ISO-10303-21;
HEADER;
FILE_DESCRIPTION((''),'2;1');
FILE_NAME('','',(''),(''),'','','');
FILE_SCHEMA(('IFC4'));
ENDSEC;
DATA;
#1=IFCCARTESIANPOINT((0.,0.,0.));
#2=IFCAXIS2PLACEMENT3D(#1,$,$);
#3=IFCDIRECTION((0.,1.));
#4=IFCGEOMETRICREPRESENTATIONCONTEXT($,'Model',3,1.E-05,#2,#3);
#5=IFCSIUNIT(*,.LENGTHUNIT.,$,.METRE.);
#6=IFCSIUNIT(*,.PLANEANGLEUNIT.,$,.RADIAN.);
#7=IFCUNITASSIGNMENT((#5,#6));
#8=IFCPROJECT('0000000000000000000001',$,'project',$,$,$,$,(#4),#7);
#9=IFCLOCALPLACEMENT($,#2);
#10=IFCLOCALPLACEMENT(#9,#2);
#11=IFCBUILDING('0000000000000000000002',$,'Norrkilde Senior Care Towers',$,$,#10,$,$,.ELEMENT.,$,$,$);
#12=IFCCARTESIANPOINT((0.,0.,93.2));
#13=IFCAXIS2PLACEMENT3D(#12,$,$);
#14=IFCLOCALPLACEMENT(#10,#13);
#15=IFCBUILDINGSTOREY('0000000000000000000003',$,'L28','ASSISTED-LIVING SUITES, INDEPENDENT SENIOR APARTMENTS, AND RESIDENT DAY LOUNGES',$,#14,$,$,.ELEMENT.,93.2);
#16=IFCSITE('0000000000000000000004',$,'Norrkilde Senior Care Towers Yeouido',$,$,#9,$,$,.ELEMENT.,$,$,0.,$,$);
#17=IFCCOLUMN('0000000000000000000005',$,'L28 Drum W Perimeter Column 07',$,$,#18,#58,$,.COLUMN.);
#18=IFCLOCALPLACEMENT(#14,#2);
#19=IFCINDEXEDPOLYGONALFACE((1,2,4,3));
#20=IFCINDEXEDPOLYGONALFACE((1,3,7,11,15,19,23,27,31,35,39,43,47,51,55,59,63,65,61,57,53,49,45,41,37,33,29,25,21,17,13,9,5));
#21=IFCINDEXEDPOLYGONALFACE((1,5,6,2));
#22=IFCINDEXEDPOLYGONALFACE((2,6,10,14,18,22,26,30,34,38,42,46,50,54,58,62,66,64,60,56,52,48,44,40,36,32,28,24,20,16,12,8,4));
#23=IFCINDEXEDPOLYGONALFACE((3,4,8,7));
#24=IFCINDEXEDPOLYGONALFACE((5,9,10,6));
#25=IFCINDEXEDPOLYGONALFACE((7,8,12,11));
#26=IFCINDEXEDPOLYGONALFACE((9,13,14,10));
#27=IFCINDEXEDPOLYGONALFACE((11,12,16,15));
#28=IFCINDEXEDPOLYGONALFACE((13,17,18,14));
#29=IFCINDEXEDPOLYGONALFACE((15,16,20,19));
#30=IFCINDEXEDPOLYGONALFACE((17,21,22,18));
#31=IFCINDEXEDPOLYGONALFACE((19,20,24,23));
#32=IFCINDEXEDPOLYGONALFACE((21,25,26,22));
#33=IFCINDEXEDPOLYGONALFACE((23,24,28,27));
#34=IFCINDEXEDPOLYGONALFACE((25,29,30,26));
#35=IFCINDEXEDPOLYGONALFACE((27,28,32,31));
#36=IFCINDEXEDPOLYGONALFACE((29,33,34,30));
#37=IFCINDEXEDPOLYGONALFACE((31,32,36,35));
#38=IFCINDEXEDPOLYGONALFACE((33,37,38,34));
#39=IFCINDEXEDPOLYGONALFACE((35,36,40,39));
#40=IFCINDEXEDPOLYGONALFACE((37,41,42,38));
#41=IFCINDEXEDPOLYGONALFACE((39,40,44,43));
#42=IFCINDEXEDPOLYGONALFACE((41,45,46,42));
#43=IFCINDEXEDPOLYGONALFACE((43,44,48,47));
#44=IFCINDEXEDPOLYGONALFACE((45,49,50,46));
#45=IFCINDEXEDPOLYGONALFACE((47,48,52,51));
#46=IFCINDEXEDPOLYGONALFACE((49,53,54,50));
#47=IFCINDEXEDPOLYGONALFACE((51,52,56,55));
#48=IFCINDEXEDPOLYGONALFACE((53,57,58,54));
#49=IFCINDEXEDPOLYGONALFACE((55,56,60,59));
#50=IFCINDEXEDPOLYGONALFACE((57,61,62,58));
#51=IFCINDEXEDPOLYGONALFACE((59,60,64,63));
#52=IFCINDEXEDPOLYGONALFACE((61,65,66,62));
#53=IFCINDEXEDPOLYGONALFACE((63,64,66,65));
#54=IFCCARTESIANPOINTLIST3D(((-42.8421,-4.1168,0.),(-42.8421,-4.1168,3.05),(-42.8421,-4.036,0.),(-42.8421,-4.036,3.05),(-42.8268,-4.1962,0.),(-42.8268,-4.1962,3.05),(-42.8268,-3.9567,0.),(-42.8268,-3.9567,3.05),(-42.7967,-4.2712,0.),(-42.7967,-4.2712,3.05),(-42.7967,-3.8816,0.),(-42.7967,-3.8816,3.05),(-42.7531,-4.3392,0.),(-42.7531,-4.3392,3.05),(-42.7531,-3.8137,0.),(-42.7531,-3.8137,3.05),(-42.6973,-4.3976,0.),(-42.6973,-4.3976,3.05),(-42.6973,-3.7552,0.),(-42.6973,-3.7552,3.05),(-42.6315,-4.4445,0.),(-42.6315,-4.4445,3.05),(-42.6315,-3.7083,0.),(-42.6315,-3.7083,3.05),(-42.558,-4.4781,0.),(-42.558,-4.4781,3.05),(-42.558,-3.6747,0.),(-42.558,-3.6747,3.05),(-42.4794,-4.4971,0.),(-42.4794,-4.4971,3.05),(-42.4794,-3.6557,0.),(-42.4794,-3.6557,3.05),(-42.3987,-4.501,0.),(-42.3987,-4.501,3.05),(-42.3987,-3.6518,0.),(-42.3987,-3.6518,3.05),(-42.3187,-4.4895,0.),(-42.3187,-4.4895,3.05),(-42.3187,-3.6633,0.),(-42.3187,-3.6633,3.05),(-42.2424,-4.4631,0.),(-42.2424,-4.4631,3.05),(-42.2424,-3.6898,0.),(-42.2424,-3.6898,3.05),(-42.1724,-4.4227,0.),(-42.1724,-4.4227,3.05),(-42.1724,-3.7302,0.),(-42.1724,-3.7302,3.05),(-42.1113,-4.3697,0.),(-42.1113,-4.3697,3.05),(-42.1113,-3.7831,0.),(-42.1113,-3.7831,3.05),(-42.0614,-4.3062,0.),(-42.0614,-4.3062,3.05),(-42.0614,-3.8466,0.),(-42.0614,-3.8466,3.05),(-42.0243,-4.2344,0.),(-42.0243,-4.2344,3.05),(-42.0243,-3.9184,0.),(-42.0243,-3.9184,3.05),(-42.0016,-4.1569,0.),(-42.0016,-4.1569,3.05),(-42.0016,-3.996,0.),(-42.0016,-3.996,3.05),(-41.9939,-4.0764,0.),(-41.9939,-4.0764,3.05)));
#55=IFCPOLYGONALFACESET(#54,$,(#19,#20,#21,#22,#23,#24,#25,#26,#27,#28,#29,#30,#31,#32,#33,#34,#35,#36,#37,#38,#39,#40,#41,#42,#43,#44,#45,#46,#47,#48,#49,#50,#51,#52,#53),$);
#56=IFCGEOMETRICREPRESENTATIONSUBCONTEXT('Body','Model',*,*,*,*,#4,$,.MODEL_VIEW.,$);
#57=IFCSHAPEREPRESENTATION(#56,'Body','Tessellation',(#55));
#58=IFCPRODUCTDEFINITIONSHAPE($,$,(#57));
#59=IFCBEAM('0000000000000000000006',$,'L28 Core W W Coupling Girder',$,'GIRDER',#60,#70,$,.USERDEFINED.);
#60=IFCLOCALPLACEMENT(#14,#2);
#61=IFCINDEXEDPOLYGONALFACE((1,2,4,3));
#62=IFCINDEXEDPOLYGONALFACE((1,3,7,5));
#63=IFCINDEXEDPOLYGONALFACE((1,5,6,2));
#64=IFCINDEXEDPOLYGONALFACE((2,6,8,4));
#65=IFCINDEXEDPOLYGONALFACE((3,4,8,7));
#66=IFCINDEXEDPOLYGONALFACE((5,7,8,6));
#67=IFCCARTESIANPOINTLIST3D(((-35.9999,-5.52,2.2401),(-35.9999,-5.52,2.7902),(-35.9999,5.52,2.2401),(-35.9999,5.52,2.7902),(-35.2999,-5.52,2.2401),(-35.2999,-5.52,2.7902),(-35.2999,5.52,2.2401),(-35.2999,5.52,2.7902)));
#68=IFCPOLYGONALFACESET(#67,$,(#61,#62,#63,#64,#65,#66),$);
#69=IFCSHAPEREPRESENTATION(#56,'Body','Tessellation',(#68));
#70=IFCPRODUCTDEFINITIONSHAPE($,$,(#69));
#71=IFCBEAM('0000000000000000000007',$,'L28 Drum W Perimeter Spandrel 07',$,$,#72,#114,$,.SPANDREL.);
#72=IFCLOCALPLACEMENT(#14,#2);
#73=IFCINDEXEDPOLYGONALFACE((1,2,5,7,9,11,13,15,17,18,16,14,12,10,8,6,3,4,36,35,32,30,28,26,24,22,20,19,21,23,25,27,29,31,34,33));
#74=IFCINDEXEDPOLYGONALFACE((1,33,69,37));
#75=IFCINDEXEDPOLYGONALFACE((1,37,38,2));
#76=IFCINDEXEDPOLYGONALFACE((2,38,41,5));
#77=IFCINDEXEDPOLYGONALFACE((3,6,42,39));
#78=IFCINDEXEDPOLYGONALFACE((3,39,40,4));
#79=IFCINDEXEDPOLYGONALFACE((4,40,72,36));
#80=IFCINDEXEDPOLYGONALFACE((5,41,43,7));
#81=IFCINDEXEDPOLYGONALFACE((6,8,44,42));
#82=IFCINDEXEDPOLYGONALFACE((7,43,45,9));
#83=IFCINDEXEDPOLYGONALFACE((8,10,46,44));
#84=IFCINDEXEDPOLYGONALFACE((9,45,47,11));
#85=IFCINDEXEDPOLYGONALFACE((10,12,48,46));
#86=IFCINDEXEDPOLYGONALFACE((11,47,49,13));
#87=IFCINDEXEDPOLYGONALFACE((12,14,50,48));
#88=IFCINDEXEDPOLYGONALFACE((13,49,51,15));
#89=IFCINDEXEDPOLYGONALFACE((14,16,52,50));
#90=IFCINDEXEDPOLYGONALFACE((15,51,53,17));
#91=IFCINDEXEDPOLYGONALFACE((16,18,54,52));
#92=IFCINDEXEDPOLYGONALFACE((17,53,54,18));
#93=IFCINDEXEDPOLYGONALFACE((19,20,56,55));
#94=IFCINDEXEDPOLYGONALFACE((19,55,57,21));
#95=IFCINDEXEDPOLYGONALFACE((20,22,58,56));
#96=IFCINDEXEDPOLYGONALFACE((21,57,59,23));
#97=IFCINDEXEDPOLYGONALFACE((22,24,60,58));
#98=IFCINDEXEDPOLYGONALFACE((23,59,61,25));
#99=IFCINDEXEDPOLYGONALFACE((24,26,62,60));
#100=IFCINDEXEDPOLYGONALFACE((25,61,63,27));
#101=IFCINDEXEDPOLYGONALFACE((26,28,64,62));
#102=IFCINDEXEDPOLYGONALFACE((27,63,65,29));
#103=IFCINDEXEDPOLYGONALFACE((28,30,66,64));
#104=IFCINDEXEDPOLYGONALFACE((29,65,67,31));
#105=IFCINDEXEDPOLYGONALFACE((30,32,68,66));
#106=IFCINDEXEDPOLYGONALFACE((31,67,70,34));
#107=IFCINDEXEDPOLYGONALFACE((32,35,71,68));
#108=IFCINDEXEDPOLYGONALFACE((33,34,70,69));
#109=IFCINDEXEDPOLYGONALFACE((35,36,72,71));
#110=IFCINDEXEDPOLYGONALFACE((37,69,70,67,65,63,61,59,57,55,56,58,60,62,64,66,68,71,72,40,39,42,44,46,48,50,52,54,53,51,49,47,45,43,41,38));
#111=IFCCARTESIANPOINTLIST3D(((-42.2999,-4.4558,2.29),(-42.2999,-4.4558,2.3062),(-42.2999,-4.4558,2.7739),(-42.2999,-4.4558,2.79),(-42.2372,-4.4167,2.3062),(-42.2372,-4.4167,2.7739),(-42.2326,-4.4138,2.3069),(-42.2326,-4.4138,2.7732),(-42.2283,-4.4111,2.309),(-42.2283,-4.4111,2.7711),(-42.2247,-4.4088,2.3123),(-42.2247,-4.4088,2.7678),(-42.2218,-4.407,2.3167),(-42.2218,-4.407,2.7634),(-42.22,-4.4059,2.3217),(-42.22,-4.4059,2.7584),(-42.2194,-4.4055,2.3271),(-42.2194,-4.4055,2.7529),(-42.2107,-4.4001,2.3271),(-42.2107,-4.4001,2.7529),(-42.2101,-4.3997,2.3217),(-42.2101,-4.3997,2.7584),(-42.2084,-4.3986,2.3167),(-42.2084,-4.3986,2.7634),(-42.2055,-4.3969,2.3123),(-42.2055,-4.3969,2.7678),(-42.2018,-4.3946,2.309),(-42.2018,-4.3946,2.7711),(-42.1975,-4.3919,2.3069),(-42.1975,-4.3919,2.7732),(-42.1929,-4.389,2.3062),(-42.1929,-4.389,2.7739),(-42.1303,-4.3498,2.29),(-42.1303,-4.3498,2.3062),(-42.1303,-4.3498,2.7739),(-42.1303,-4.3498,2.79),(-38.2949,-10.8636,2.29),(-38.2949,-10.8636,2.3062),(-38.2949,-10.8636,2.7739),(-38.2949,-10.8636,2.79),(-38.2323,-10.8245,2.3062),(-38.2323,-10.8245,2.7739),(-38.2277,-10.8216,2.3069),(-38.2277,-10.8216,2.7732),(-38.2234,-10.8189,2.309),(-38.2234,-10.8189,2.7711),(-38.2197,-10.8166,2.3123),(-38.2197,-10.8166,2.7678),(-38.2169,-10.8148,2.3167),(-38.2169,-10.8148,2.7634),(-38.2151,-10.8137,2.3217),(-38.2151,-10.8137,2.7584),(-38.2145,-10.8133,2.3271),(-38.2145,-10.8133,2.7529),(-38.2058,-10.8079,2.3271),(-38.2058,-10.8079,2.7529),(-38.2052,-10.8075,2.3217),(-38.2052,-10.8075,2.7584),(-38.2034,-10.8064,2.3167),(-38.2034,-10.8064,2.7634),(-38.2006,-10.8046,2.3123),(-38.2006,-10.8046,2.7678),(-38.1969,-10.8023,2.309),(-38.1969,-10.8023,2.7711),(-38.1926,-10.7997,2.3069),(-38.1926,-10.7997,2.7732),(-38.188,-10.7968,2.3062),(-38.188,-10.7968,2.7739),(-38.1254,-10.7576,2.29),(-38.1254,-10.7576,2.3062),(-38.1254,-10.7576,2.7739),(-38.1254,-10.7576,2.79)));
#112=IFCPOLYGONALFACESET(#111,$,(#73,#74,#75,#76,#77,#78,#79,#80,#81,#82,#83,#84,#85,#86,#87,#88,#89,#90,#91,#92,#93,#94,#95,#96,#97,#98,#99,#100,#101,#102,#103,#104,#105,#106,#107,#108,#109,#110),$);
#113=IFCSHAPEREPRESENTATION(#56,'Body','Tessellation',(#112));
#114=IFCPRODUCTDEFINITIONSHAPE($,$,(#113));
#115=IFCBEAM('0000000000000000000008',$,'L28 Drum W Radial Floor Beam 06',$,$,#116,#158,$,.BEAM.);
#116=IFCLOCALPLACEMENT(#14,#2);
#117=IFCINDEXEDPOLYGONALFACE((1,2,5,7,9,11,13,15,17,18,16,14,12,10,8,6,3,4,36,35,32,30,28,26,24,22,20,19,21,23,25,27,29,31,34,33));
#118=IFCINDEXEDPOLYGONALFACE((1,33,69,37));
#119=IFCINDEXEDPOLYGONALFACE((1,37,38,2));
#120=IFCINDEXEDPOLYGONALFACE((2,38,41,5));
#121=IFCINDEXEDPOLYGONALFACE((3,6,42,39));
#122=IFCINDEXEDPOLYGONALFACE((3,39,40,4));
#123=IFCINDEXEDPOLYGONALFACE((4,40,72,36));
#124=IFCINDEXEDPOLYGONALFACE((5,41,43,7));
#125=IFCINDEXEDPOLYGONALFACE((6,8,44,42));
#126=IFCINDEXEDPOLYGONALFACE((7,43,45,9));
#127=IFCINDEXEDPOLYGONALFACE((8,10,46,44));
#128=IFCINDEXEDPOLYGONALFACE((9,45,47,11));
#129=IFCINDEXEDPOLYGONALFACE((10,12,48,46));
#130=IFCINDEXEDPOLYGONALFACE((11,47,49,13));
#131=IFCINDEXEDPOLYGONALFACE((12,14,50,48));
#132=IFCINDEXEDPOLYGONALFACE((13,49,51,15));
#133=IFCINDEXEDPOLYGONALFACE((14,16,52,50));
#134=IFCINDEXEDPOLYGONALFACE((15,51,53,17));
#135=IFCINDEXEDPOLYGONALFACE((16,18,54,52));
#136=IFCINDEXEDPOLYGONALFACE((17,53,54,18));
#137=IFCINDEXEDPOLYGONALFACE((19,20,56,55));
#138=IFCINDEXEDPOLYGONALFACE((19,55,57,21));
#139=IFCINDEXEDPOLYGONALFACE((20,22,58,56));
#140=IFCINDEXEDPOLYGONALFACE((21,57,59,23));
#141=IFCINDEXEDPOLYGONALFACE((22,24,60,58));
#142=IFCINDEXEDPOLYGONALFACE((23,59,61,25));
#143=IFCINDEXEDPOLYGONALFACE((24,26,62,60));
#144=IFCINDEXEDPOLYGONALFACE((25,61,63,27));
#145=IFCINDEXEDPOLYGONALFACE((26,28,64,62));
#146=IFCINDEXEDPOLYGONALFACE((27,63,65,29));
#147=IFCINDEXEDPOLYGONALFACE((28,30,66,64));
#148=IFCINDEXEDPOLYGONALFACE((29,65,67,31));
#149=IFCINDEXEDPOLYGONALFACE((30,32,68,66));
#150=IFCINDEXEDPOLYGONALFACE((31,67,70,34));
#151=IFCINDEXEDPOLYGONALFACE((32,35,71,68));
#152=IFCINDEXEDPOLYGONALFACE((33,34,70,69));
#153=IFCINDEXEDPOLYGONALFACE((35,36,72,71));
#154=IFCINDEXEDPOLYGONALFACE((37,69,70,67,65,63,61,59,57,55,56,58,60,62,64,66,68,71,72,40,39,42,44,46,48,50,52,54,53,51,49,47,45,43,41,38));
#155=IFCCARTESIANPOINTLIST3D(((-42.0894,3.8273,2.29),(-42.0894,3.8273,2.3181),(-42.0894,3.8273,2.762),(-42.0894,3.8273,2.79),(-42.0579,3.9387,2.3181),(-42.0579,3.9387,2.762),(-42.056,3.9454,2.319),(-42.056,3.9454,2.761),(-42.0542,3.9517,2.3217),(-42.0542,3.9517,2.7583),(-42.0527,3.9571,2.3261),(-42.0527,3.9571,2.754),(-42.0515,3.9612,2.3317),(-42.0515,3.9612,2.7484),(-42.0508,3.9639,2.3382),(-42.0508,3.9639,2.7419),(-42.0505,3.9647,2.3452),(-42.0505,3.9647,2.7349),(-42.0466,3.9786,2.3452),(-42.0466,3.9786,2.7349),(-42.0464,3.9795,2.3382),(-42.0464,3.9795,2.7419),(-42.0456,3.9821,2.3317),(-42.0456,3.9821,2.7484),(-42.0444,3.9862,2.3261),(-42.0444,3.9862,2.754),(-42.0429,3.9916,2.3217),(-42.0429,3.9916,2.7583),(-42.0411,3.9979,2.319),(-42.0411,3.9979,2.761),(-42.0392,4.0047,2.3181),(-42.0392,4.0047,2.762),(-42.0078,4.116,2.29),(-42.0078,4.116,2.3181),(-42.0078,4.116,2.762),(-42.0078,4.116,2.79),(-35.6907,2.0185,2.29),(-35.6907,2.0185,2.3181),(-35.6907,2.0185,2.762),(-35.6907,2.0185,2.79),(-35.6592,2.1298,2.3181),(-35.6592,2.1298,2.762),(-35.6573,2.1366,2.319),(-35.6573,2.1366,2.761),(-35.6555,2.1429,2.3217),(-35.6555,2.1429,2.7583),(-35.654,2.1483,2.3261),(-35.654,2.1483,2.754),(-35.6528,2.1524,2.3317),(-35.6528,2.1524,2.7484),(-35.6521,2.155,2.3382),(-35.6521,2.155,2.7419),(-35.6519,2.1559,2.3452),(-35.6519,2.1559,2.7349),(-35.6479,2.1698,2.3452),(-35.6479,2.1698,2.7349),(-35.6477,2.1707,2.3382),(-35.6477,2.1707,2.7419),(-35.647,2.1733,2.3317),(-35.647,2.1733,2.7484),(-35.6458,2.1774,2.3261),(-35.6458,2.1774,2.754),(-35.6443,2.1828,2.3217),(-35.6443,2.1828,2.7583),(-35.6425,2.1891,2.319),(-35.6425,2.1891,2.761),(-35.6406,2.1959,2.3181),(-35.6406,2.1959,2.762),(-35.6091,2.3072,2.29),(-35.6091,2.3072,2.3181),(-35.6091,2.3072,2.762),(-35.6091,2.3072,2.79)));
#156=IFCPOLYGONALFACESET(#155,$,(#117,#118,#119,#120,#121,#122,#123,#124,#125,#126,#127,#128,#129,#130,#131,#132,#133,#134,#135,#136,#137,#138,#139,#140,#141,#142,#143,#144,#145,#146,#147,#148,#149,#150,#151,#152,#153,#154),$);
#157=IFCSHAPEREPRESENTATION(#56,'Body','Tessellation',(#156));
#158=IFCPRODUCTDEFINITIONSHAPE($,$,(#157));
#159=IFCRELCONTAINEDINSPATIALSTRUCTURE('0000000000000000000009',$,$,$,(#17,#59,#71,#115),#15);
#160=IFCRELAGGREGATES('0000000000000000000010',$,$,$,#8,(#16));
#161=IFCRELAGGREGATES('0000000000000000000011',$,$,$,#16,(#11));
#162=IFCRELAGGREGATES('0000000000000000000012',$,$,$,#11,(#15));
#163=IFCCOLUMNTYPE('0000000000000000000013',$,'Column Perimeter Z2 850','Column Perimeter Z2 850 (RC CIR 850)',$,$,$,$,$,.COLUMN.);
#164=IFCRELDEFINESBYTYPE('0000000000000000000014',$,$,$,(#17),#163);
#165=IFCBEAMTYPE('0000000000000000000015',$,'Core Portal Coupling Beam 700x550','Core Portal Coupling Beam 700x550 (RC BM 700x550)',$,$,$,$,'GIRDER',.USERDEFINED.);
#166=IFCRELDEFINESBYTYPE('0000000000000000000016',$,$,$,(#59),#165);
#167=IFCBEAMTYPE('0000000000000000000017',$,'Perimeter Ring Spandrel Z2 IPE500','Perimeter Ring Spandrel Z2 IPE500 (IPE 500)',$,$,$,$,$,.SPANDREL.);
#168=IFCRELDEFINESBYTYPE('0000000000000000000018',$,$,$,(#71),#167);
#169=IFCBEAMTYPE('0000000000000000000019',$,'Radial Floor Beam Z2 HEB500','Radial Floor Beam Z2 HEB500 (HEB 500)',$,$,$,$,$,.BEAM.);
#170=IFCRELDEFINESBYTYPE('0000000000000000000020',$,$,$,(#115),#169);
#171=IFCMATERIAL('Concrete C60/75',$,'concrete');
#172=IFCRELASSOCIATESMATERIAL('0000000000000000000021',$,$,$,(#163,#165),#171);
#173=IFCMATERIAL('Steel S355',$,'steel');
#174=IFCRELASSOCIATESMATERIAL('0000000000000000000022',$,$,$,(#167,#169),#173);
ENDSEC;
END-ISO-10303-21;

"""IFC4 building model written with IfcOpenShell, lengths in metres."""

from ifc_helpers import new_model, si_unit, direction, frame, origin, origin_2d, place, context, subcontext, project, spatial, rectangle, circle, i_section, extrude, source, transform, mapped, material, material_profile, profile_set, type_object, type_shapes, element, save


model = new_model("IFC4")

# Units and contexts
model_context = context("Model", 3, precision=1e-05, world=origin(), true_north=direction((0.0, 1.0)))
body_context = subcontext(model_context, "Body", "Model", "MODEL_VIEW")
ifc_project = project(units=[si_unit("LENGTHUNIT", "METRE"), si_unit("PLANEANGLEUNIT", "RADIAN")], contexts=[model_context])

# Site, building, storey
site_placement = place(None, origin())
site = spatial("IfcSite", under=ifc_project, at=site_placement, Name="Norrkilde Senior Care Towers Yeouido", CompositionType="ELEMENT", RefElevation=0.0)
building_placement = place(site_placement, origin())
building = spatial("IfcBuilding", under=site, at=building_placement, Name="Norrkilde Senior Care Towers", CompositionType="ELEMENT")
storey_placement = place(building_placement, frame((0.0, 0.0, 93.2)))
storey = spatial("IfcBuildingStorey", under=building, at=storey_placement, Name="L28", Description="ASSISTED-LIVING SUITES, INDEPENDENT SENIOR APARTMENTS, AND RESIDENT DAY LOUNGES", CompositionType="ELEMENT", Elevation=93.2)

# Column
ifc_material_1 = material(Name="Concrete C60/75", Category="concrete")
ifc_material_profile_1 = material_profile(ifc_material_1, circle(Radius=0.425, at=origin_2d()), Name="RC CIR 850")
ifc_profile_set_1 = profile_set([ifc_material_profile_1], Name="Concrete C60/75")
column_type = type_object("IfcColumnType", Name="Column Perimeter Z2 850", Description="Column Perimeter Z2 850 (RC CIR 850)", PredefinedType="COLUMN", material=ifc_profile_set_1)
shared_shape_1 = source(origin(), body_context, "Body", "SweptSolid", [
    extrude(circle(Radius=0.425, at=origin_2d()), origin(), (0.0, 0.0, 1.0), 3.05),
])
type_shapes(column_type, [shared_shape_1])
column_placement = place(storey_placement, frame((-42.4189, -4.0764, 0.0), z_axis=(0.0, 0.0, 1.0), x_axis=(1.0, 0.0, 0.0)))
element("IfcColumn", 1, at=column_placement, inside=storey, type_object=column_type, Name="L28 Drum W Perimeter Column 07", PredefinedType="COLUMN", context=body_context, shape_type="MappedRepresentation", body=[
    mapped(shared_shape_1, transform((0.0, 0.0, 0.0), x_axis=(1.0, 0.0, 0.0), y_axis=(0.0, 1.0, 0.0), z_axis=(0.0, 0.0, 1.0), scale=1.0)),
])

# Beams
ifc_material_profile_2 = material_profile(ifc_material_1, rectangle(XDim=0.7, YDim=0.55, at=origin_2d()), Name="RC BM 700x550")
ifc_profile_set_2 = profile_set([ifc_material_profile_2], Name="Concrete C60/75")
beam_type_1 = type_object("IfcBeamType", Name="Core Portal Coupling Beam 700x550", Description="Core Portal Coupling Beam 700x550 (RC BM 700x550)", ElementType="GIRDER", PredefinedType="USERDEFINED", material=ifc_profile_set_2)
shared_shape_2 = source(origin(), body_context, "Body", "SweptSolid", [
    extrude(rectangle(XDim=0.7, YDim=0.55, at=origin_2d()), origin(), (0.0, 0.0, 1.0), 11.04),
])
type_shapes(beam_type_1, [shared_shape_2])
beam_1_placement = place(storey_placement, frame((-35.6499, -5.52, 2.5151), z_axis=(0.0, 1.0, 0.0), x_axis=(-1.0, 0.0, 0.0)))
element("IfcBeam", 2, at=beam_1_placement, inside=storey, type_object=beam_type_1, Name="L28 Core W W Coupling Girder", ObjectType="GIRDER", PredefinedType="USERDEFINED", context=body_context, shape_type="MappedRepresentation", body=[
    mapped(shared_shape_2, transform((0.0, 0.0, 0.0), x_axis=(1.0, 0.0, 0.0), y_axis=(0.0, 1.0, 0.0), z_axis=(0.0, 0.0, 1.0), scale=1.0)),
])
ifc_material_2 = material(Name="Steel S355", Category="steel")
ifc_material_profile_3 = material_profile(ifc_material_2, i_section(OverallWidth=0.2, OverallDepth=0.5, WebThickness=0.0103, FlangeThickness=0.0161, FilletRadius=0.021, at=origin_2d()), Name="IPE 500")
ifc_profile_set_3 = profile_set([ifc_material_profile_3], Name="Steel S355")
beam_type_2 = type_object("IfcBeamType", Name="Perimeter Ring Spandrel Z2 IPE500", Description="Perimeter Ring Spandrel Z2 IPE500 (IPE 500)", PredefinedType="SPANDREL", material=ifc_profile_set_3)
shared_shape_3 = source(origin(), body_context, "Body", "SweptSolid", [
    extrude(i_section(OverallWidth=0.2, OverallDepth=0.5, WebThickness=0.0103, FlangeThickness=0.0161, FilletRadius=0.021, at=origin_2d()), origin(), (0.0, 0.0, 1.0), 7.5564),
])
type_shapes(beam_type_2, [shared_shape_3])
beam_2_placement = place(storey_placement, frame((-42.2151, -4.4028, 2.54), z_axis=(0.530005, -0.847995, 0.0), x_axis=(0.847995, 0.530005, 0.0)))
element("IfcBeam", 3, at=beam_2_placement, inside=storey, type_object=beam_type_2, Name="L28 Drum W Perimeter Spandrel 07", PredefinedType="SPANDREL", context=body_context, shape_type="MappedRepresentation", body=[
    mapped(shared_shape_3, transform((0.0, 0.0, 0.0), x_axis=(1.0, 0.0, 0.0), y_axis=(0.0, 1.0, 0.0), z_axis=(0.0, 0.0, 1.0), scale=1.0)),
])
ifc_material_profile_4 = material_profile(ifc_material_2, i_section(OverallWidth=0.3, OverallDepth=0.5, WebThickness=0.0144, FlangeThickness=0.0281, FilletRadius=0.0271, at=origin_2d()), Name="HEB 500")
ifc_profile_set_4 = profile_set([ifc_material_profile_4], Name="Steel S355")
beam_type_3 = type_object("IfcBeamType", Name="Radial Floor Beam Z2 HEB500", Description="Radial Floor Beam Z2 HEB500 (HEB 500)", PredefinedType="BEAM", material=ifc_profile_set_4)
shared_shape_4 = source(origin(), body_context, "Body", "SweptSolid", [
    extrude(i_section(OverallWidth=0.3, OverallDepth=0.5, WebThickness=0.0144, FlangeThickness=0.0281, FilletRadius=0.0271, at=origin_2d()), origin(), (0.0, 0.0, 1.0), 6.6494),
])
type_shapes(beam_type_3, [shared_shape_4])
beam_3_placement = place(storey_placement, frame((-35.6499, 2.1628, 2.54), z_axis=(-0.962289, 0.272029, 0.0), x_axis=(-0.272029, -0.962289, 0.0)))
element("IfcBeam", 4, at=beam_3_placement, inside=storey, type_object=beam_type_3, Name="L28 Drum W Radial Floor Beam 06", PredefinedType="BEAM", context=body_context, shape_type="MappedRepresentation", body=[
    mapped(shared_shape_4, transform((0.0, 0.0, 0.0), x_axis=(1.0, 0.0, 0.0), y_axis=(0.0, 1.0, 0.0), z_axis=(0.0, 0.0, 1.0), scale=1.0)),
])

save(model, "model.ifc")
